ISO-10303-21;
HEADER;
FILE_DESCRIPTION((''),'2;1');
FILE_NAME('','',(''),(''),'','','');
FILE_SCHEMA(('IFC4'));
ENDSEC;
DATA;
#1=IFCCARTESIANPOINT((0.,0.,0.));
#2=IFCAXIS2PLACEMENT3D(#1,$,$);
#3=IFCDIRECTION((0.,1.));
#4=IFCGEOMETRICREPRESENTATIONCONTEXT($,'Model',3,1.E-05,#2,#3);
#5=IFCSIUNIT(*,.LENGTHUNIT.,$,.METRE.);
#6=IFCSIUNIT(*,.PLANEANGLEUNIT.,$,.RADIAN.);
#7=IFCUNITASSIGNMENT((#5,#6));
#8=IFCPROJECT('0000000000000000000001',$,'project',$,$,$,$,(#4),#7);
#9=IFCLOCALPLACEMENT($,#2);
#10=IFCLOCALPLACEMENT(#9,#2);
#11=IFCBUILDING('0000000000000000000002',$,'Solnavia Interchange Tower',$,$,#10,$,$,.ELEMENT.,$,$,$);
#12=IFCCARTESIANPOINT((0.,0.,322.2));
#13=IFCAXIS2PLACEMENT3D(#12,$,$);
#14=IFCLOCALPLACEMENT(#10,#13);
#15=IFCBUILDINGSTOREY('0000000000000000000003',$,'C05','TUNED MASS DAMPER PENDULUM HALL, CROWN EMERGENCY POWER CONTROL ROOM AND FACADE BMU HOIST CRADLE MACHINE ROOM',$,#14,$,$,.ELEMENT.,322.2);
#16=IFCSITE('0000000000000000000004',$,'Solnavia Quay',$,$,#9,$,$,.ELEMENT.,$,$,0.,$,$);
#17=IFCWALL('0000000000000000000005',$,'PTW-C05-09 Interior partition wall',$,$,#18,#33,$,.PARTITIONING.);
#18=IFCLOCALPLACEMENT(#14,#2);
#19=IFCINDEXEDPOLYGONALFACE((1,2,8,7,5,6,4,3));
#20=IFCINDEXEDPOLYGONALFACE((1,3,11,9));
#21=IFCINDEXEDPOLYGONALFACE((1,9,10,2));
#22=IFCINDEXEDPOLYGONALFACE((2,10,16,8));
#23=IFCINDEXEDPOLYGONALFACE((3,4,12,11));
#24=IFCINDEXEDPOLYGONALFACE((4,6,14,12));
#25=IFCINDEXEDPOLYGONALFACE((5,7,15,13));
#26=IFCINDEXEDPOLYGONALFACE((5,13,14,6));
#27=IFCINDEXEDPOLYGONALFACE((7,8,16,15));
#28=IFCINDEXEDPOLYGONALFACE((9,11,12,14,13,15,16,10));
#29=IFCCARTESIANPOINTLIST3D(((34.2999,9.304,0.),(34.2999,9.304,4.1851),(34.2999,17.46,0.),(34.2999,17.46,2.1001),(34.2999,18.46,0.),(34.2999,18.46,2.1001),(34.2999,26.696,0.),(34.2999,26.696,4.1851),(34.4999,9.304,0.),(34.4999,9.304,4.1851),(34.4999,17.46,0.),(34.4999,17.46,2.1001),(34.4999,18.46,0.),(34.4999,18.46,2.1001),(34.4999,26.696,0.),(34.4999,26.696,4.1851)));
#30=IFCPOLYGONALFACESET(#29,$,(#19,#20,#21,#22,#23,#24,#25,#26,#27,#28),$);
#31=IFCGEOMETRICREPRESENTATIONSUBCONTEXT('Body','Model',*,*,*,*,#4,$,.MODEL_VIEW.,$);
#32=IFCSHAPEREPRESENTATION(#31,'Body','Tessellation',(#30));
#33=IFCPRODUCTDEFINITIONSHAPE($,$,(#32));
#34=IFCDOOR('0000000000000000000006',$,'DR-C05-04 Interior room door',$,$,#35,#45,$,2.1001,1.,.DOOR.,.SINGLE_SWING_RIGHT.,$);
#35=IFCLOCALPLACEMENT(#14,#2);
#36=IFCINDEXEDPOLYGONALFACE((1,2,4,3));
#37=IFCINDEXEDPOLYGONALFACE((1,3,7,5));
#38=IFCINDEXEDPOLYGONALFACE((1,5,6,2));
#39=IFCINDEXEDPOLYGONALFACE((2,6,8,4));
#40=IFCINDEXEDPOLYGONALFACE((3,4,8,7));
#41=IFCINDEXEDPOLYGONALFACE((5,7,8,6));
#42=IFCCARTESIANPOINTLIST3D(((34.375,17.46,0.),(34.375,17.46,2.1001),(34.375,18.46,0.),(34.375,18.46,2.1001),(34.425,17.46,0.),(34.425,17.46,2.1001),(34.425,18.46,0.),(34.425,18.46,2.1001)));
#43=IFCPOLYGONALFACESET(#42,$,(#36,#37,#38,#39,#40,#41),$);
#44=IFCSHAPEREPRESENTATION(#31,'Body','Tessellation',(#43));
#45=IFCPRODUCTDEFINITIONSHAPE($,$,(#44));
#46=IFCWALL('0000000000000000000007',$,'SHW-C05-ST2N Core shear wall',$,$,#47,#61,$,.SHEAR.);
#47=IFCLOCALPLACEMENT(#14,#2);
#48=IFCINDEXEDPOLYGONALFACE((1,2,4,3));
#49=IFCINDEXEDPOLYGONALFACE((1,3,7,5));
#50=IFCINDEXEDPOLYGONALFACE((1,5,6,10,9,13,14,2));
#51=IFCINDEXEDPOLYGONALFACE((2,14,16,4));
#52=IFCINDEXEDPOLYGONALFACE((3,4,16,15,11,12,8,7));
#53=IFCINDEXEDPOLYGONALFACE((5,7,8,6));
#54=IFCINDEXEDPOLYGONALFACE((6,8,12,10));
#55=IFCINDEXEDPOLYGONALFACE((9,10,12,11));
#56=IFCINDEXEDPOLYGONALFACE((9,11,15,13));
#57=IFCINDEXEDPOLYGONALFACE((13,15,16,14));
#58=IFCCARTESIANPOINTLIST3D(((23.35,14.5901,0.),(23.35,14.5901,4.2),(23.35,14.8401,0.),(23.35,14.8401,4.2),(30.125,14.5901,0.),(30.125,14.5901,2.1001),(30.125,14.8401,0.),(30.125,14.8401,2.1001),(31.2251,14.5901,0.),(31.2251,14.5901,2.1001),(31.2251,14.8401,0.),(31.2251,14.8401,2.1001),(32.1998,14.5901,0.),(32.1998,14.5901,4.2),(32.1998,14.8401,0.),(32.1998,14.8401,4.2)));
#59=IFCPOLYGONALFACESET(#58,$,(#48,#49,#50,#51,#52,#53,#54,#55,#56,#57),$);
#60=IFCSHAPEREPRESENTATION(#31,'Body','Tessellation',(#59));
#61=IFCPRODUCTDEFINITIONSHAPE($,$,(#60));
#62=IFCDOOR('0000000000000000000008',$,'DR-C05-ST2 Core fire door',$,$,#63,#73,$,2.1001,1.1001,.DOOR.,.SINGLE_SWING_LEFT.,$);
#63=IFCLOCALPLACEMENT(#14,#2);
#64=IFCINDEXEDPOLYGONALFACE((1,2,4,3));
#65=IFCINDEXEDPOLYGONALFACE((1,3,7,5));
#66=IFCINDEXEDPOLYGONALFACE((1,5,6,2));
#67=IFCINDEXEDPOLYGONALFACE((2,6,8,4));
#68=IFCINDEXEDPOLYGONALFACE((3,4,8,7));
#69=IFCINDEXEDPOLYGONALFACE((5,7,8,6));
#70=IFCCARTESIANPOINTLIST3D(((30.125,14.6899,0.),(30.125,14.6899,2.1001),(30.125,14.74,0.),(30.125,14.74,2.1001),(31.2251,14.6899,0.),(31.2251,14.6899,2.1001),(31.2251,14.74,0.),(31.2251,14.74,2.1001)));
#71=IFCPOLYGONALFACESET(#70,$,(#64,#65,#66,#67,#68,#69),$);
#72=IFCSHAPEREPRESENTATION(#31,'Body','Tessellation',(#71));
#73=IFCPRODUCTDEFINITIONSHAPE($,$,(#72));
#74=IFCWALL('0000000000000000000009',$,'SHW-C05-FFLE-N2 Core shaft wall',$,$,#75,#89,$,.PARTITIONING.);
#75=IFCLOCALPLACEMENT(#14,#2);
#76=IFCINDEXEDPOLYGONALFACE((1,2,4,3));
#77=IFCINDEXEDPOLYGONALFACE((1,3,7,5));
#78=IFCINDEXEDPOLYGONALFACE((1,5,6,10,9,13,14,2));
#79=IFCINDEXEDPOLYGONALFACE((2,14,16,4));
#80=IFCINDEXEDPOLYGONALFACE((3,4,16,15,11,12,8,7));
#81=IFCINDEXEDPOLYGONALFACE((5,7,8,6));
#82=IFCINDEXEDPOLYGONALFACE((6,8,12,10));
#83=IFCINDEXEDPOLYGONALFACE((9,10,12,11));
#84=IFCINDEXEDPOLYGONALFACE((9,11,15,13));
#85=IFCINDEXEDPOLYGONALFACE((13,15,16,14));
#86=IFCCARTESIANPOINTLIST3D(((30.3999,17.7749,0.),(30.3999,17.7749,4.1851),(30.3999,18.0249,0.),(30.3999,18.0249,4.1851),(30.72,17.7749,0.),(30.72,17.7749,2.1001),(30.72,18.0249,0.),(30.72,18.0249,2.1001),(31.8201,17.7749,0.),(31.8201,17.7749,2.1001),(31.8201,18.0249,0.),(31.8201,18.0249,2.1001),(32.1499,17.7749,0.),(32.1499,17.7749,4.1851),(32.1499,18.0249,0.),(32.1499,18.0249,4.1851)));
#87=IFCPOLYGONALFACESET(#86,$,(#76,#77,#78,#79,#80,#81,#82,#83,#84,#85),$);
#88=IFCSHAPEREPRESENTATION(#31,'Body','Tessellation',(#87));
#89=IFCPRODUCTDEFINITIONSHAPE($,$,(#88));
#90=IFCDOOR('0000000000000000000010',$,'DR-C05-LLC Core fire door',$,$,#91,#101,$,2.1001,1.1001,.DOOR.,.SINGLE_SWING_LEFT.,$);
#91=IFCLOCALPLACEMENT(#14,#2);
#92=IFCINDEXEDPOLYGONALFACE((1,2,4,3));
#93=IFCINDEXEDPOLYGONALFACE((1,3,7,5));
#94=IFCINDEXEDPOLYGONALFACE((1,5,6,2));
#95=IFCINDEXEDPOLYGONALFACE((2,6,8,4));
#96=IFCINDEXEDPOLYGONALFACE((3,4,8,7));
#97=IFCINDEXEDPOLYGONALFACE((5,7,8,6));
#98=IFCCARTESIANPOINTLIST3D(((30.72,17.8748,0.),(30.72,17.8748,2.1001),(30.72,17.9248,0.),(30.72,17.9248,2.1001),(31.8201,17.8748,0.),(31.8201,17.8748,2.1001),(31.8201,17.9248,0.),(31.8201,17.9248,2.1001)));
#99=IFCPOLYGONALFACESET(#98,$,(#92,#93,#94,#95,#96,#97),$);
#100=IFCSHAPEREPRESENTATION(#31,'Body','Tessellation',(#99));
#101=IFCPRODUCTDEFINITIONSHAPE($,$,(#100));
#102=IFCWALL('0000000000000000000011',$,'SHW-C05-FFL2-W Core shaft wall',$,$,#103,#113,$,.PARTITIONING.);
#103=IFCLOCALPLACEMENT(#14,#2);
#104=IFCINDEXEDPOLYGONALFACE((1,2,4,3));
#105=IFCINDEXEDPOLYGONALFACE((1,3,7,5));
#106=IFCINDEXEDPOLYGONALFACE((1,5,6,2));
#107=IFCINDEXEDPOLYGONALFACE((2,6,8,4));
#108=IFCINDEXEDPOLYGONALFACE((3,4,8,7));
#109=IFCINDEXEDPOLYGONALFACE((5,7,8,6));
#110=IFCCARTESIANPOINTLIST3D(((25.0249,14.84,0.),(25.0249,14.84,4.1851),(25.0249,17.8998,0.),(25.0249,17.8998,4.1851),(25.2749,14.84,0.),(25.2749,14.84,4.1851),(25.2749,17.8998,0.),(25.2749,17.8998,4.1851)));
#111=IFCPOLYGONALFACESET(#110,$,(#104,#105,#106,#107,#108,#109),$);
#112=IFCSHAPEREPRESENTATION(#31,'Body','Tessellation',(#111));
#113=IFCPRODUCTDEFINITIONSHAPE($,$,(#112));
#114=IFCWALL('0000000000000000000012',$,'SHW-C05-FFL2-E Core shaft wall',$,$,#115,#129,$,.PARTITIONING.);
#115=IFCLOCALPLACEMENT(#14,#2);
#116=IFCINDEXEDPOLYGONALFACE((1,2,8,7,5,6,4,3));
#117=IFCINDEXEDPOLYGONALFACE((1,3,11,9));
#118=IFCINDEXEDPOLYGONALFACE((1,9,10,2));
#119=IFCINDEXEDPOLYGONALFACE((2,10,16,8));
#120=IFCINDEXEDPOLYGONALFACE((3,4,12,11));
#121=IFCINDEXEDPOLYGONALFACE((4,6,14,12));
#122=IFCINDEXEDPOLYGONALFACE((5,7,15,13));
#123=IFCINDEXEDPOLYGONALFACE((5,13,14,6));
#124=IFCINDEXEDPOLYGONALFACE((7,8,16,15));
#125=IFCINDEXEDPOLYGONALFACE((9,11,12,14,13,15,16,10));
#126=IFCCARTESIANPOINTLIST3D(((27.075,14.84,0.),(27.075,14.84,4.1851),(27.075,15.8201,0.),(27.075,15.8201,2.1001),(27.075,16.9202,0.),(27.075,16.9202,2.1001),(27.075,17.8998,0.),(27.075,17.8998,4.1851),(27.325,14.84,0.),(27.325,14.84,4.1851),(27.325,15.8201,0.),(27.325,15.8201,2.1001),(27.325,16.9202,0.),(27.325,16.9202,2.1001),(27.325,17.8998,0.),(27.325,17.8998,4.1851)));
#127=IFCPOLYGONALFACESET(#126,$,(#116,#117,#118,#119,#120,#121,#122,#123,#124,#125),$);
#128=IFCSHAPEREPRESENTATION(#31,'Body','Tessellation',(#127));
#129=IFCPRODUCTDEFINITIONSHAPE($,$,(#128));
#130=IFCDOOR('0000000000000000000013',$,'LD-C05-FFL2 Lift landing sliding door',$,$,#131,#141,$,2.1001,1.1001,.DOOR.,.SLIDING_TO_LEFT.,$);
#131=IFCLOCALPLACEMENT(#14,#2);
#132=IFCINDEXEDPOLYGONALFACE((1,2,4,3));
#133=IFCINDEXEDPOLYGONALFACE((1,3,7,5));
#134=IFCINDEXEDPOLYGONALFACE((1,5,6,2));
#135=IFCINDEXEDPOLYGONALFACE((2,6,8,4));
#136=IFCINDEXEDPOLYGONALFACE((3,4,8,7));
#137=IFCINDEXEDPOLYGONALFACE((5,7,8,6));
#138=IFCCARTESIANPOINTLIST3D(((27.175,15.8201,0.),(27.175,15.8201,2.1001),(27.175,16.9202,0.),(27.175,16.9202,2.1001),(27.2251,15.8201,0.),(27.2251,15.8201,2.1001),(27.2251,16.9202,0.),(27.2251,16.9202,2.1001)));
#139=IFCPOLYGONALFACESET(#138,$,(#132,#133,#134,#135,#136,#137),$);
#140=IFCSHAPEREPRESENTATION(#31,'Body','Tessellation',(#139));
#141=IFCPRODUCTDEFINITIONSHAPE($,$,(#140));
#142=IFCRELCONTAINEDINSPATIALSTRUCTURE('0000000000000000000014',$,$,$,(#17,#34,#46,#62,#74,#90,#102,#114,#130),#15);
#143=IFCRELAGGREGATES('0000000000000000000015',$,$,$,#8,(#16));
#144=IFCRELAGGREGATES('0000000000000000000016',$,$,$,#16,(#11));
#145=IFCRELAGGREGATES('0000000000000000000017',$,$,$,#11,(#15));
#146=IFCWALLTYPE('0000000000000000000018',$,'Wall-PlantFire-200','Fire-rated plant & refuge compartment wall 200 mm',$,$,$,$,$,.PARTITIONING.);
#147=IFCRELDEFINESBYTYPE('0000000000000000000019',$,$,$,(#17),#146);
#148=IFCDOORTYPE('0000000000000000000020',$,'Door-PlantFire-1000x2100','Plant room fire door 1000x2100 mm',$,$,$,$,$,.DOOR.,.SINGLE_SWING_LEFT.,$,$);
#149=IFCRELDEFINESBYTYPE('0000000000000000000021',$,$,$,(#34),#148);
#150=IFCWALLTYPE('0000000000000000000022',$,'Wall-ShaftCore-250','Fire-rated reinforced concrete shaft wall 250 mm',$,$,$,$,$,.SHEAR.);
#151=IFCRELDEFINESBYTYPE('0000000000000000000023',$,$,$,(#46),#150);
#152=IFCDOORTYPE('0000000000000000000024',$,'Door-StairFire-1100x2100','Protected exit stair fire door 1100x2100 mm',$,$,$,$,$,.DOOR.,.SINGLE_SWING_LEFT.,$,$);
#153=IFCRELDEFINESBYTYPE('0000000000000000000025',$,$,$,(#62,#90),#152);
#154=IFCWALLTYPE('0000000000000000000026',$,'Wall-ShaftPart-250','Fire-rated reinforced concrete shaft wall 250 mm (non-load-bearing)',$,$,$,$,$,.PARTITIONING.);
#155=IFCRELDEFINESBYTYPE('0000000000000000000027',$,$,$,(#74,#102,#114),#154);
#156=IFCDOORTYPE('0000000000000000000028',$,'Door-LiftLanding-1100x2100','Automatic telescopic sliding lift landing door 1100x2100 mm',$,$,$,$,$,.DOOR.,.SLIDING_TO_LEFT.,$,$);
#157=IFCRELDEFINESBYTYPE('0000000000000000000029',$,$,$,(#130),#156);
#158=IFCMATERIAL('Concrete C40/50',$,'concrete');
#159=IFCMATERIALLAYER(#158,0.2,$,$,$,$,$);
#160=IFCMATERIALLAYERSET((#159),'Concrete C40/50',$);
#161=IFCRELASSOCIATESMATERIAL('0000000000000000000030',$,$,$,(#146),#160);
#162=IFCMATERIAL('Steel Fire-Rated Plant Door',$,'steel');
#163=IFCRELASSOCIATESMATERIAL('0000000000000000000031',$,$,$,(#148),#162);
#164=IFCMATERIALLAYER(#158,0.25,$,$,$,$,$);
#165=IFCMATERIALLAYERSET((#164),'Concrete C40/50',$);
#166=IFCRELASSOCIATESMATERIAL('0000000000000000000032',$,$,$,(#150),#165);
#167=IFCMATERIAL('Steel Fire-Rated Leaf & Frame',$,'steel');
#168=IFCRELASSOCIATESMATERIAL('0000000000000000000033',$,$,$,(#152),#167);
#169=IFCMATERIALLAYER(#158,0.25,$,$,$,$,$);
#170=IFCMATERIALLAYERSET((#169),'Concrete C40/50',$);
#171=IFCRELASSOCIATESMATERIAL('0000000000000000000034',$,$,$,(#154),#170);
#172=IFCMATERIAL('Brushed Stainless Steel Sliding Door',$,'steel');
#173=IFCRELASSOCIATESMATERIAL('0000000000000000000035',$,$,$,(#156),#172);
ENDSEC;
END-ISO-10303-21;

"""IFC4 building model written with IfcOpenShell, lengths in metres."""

from ifc_helpers import new_model, si_unit, direction, frame, frame_2d, origin, place, context, subcontext, project, spatial, rectangle, extrude, material, layer, layer_set, type_object, element, fill, save


model = new_model("IFC4")

# Units and contexts
model_context = context("Model", 3, precision=1e-05, world=origin(), true_north=direction((0.0, 1.0)))
body_context = subcontext(model_context, "Body", "Model", "MODEL_VIEW")
ifc_project = project(units=[si_unit("LENGTHUNIT", "METRE"), si_unit("PLANEANGLEUNIT", "RADIAN")], contexts=[model_context])

# Site, building, storey
site_placement = place(None, origin())
site = spatial("IfcSite", under=ifc_project, at=site_placement, Name="Solnavia Quay", CompositionType="ELEMENT", RefElevation=0.0)
building_placement = place(site_placement, origin())
building = spatial("IfcBuilding", under=site, at=building_placement, Name="Solnavia Interchange Tower", CompositionType="ELEMENT")
storey_placement = place(building_placement, frame((0.0, 0.0, 322.2)))
storey = spatial("IfcBuildingStorey", under=building, at=storey_placement, Name="C05", Description="TUNED MASS DAMPER PENDULUM HALL, CROWN EMERGENCY POWER CONTROL ROOM AND FACADE BMU HOIST CRADLE MACHINE ROOM", CompositionType="ELEMENT", Elevation=322.2)

# Shared definitions
ifc_material_1 = material(Name="Concrete C40/50", Category="concrete")
ifc_layer_1 = layer(ifc_material_1, 0.2)
ifc_layer_set_1 = layer_set([ifc_layer_1], Name="Concrete C40/50")
wall_type_1 = type_object("IfcWallType", Name="Wall-PlantFire-200", Description="Fire-rated plant & refuge compartment wall 200 mm", PredefinedType="PARTITIONING", material=ifc_layer_set_1)

# Shared definitions
ifc_material_2 = material(Name="Steel Fire-Rated Plant Door", Category="steel")
door_type_1 = type_object("IfcDoorType", Name="Door-PlantFire-1000x2100", Description="Plant room fire door 1000x2100 mm", OperationType="SINGLE_SWING_LEFT", PredefinedType="DOOR", material=ifc_material_2)

# Walls, openings, doors
wall_1_placement = place(storey_placement, frame((34.3999, 9.304, 0.0), z_axis=(0.0, 0.0, 1.0), x_axis=(0.0, 1.0, 0.0)))
wall_1 = element("IfcWall", 1, at=wall_1_placement, inside=storey, type_object=wall_type_1, Name="PTW-C05-09 Interior partition wall", PredefinedType="PARTITIONING", context=body_context, shape_type="SweptSolid", body=[
    extrude(rectangle(XDim=17.3921, YDim=0.2, at=frame_2d((8.696, 0.0))), origin(), (0.0, 0.0, 1.0), 4.1851),
])
opening_1_placement = place(wall_1_placement, frame((8.156, 0.0, 0.0)))
opening_1 = element("IfcOpeningElement", 2, at=opening_1_placement, cuts=wall_1, PredefinedType="OPENING", context=body_context, shape_type="SweptSolid", body=[
    extrude(rectangle(XDim=1.0, YDim=2.1001, at=frame_2d((0.5, 1.05))), frame((0.0, 0.1099, 0.0), z_axis=(0.0, -1.0, 0.0), x_axis=(1.0, 0.0, 0.0)), (0.0, 0.0, 1.0), 0.22),
])
door_1_placement = place(opening_1_placement, origin())
door_1 = element("IfcDoor", 3, at=door_1_placement, inside=storey, type_object=door_type_1, Name="DR-C05-04 Interior room door", OperationType="SINGLE_SWING_RIGHT", OverallHeight=2.1001, OverallWidth=1.0, PredefinedType="DOOR", context=body_context, shape_type="SweptSolid", body=[
    extrude(rectangle(XDim=1.0, YDim=2.1001, at=frame_2d((0.5, 1.05))), frame((0.0, 0.0249, 0.0), z_axis=(0.0, -1.0, 0.0), x_axis=(1.0, 0.0, 0.0)), (0.0, 0.0, 1.0), 0.05),
])
fill(opening_1, door_1)
ifc_layer_2 = layer(ifc_material_1, 0.25)
ifc_layer_set_2 = layer_set([ifc_layer_2], Name="Concrete C40/50")
wall_type_2 = type_object("IfcWallType", Name="Wall-ShaftCore-250", Description="Fire-rated reinforced concrete shaft wall 250 mm", PredefinedType="SHEAR", material=ifc_layer_set_2)
wall_2_placement = place(storey_placement, frame((23.3501, 14.7151, 0.0), z_axis=(0.0, 0.0, 1.0), x_axis=(1.0, 0.0, 0.0)))
wall_2 = element("IfcWall", 4, at=wall_2_placement, inside=storey, type_object=wall_type_2, Name="SHW-C05-ST2N Core shear wall", PredefinedType="SHEAR", context=body_context, shape_type="SweptSolid", body=[
    extrude(rectangle(XDim=8.8499, YDim=0.25, at=frame_2d((4.4248, 0.0))), origin(), (0.0, 0.0, 1.0), 4.2),
])
opening_2_placement = place(wall_2_placement, frame((6.7749, 0.0, 0.0)))
opening_2 = element("IfcOpeningElement", 5, at=opening_2_placement, cuts=wall_2, PredefinedType="OPENING", context=body_context, shape_type="SweptSolid", body=[
    extrude(rectangle(XDim=1.1001, YDim=2.1001, at=frame_2d((0.55, 1.05))), frame((0.0, 0.135, 0.0), z_axis=(0.0, -1.0, 0.0), x_axis=(1.0, 0.0, 0.0)), (0.0, 0.0, 1.0), 0.27),
])
ifc_material_3 = material(Name="Steel Fire-Rated Leaf & Frame", Category="steel")
door_type_2 = type_object("IfcDoorType", Name="Door-StairFire-1100x2100", Description="Protected exit stair fire door 1100x2100 mm", OperationType="SINGLE_SWING_LEFT", PredefinedType="DOOR", material=ifc_material_3)
door_2_placement = place(opening_2_placement, origin())
door_2 = element("IfcDoor", 6, at=door_2_placement, inside=storey, type_object=door_type_2, Name="DR-C05-ST2 Core fire door", OperationType="SINGLE_SWING_LEFT", OverallHeight=2.1001, OverallWidth=1.1001, PredefinedType="DOOR", context=body_context, shape_type="SweptSolid", body=[
    extrude(rectangle(XDim=1.1001, YDim=2.1001, at=frame_2d((0.55, 1.05))), frame((0.0, 0.0249, 0.0), z_axis=(0.0, -1.0, 0.0), x_axis=(1.0, 0.0, 0.0)), (0.0, 0.0, 1.0), 0.05),
])
fill(opening_2, door_2)
ifc_layer_3 = layer(ifc_material_1, 0.25)
ifc_layer_set_3 = layer_set([ifc_layer_3], Name="Concrete C40/50")
wall_type_3 = type_object("IfcWallType", Name="Wall-ShaftPart-250", Description="Fire-rated reinforced concrete shaft wall 250 mm (non-load-bearing)", PredefinedType="PARTITIONING", material=ifc_layer_set_3)
wall_3_placement = place(storey_placement, frame((30.3999, 17.8999, 0.0), z_axis=(0.0, 0.0, 1.0), x_axis=(1.0, 0.0, 0.0)))
wall_3 = element("IfcWall", 7, at=wall_3_placement, inside=storey, type_object=wall_type_3, Name="SHW-C05-FFLE-N2 Core shaft wall", PredefinedType="PARTITIONING", context=body_context, shape_type="SweptSolid", body=[
    extrude(rectangle(XDim=1.75, YDim=0.25, at=frame_2d((0.875, 0.0))), origin(), (0.0, 0.0, 1.0), 4.1851),
])
opening_3_placement = place(wall_3_placement, frame((0.3201, 0.0, 0.0)))
opening_3 = element("IfcOpeningElement", 8, at=opening_3_placement, cuts=wall_3, PredefinedType="OPENING", context=body_context, shape_type="SweptSolid", body=[
    extrude(rectangle(XDim=1.1001, YDim=2.1001, at=frame_2d((0.55, 1.05))), frame((0.0, 0.135, 0.0), z_axis=(0.0, -1.0, 0.0), x_axis=(1.0, 0.0, 0.0)), (0.0, 0.0, 1.0), 0.27),
])
door_3_placement = place(opening_3_placement, origin())
door_3 = element("IfcDoor", 9, at=door_3_placement, inside=storey, type_object=door_type_2, Name="DR-C05-LLC Core fire door", OperationType="SINGLE_SWING_LEFT", OverallHeight=2.1001, OverallWidth=1.1001, PredefinedType="DOOR", context=body_context, shape_type="SweptSolid", body=[
    extrude(rectangle(XDim=1.1001, YDim=2.1001, at=frame_2d((0.55, 1.05))), frame((0.0, 0.0249, 0.0), z_axis=(0.0, -1.0, 0.0), x_axis=(1.0, 0.0, 0.0)), (0.0, 0.0, 1.0), 0.05),
])
fill(opening_3, door_3)

# Wall
wall_4_placement = place(storey_placement, frame((25.1499, 14.8401, 0.0), z_axis=(0.0, 0.0, 1.0), x_axis=(0.0, 1.0, 0.0)))
element("IfcWall", 10, at=wall_4_placement, inside=storey, type_object=wall_type_3, Name="SHW-C05-FFL2-W Core shaft wall", PredefinedType="PARTITIONING", context=body_context, shape_type="SweptSolid", body=[
    extrude(rectangle(XDim=3.0598, YDim=0.25, at=frame_2d((1.5298, 0.0))), origin(), (0.0, 0.0, 1.0), 4.1851),
])

# Wall, opening, door
wall_5_placement = place(storey_placement, frame((27.2, 14.8401, 0.0), z_axis=(0.0, 0.0, 1.0), x_axis=(0.0, 1.0, 0.0)))
wall_5 = element("IfcWall", 11, at=wall_5_placement, inside=storey, type_object=wall_type_3, Name="SHW-C05-FFL2-E Core shaft wall", PredefinedType="PARTITIONING", context=body_context, shape_type="SweptSolid", body=[
    extrude(rectangle(XDim=3.0598, YDim=0.25, at=frame_2d((1.5298, 0.0))), origin(), (0.0, 0.0, 1.0), 4.1851),
])
opening_4_placement = place(wall_5_placement, frame((0.98, 0.0, 0.0)))
opening_4 = element("IfcOpeningElement", 12, at=opening_4_placement, cuts=wall_5, PredefinedType="OPENING", context=body_context, shape_type="SweptSolid", body=[
    extrude(rectangle(XDim=1.1001, YDim=2.1001, at=frame_2d((0.55, 1.05))), frame((0.0, 0.135, 0.0), z_axis=(0.0, -1.0, 0.0), x_axis=(1.0, 0.0, 0.0)), (0.0, 0.0, 1.0), 0.27),
])
ifc_material_4 = material(Name="Brushed Stainless Steel Sliding Door", Category="steel")
door_type_3 = type_object("IfcDoorType", Name="Door-LiftLanding-1100x2100", Description="Automatic telescopic sliding lift landing door 1100x2100 mm", OperationType="SLIDING_TO_LEFT", PredefinedType="DOOR", material=ifc_material_4)
door_4_placement = place(opening_4_placement, origin())
door_4 = element("IfcDoor", 13, at=door_4_placement, inside=storey, type_object=door_type_3, Name="LD-C05-FFL2 Lift landing sliding door", OperationType="SLIDING_TO_LEFT", OverallHeight=2.1001, OverallWidth=1.1001, PredefinedType="DOOR", context=body_context, shape_type="SweptSolid", body=[
    extrude(rectangle(XDim=1.1001, YDim=2.1001, at=frame_2d((0.55, 1.05))), frame((0.0, 0.0249, 0.0), z_axis=(0.0, -1.0, 0.0), x_axis=(1.0, 0.0, 0.0)), (0.0, 0.0, 1.0), 0.05),
])
fill(opening_4, door_4)

save(model, "model.ifc")
